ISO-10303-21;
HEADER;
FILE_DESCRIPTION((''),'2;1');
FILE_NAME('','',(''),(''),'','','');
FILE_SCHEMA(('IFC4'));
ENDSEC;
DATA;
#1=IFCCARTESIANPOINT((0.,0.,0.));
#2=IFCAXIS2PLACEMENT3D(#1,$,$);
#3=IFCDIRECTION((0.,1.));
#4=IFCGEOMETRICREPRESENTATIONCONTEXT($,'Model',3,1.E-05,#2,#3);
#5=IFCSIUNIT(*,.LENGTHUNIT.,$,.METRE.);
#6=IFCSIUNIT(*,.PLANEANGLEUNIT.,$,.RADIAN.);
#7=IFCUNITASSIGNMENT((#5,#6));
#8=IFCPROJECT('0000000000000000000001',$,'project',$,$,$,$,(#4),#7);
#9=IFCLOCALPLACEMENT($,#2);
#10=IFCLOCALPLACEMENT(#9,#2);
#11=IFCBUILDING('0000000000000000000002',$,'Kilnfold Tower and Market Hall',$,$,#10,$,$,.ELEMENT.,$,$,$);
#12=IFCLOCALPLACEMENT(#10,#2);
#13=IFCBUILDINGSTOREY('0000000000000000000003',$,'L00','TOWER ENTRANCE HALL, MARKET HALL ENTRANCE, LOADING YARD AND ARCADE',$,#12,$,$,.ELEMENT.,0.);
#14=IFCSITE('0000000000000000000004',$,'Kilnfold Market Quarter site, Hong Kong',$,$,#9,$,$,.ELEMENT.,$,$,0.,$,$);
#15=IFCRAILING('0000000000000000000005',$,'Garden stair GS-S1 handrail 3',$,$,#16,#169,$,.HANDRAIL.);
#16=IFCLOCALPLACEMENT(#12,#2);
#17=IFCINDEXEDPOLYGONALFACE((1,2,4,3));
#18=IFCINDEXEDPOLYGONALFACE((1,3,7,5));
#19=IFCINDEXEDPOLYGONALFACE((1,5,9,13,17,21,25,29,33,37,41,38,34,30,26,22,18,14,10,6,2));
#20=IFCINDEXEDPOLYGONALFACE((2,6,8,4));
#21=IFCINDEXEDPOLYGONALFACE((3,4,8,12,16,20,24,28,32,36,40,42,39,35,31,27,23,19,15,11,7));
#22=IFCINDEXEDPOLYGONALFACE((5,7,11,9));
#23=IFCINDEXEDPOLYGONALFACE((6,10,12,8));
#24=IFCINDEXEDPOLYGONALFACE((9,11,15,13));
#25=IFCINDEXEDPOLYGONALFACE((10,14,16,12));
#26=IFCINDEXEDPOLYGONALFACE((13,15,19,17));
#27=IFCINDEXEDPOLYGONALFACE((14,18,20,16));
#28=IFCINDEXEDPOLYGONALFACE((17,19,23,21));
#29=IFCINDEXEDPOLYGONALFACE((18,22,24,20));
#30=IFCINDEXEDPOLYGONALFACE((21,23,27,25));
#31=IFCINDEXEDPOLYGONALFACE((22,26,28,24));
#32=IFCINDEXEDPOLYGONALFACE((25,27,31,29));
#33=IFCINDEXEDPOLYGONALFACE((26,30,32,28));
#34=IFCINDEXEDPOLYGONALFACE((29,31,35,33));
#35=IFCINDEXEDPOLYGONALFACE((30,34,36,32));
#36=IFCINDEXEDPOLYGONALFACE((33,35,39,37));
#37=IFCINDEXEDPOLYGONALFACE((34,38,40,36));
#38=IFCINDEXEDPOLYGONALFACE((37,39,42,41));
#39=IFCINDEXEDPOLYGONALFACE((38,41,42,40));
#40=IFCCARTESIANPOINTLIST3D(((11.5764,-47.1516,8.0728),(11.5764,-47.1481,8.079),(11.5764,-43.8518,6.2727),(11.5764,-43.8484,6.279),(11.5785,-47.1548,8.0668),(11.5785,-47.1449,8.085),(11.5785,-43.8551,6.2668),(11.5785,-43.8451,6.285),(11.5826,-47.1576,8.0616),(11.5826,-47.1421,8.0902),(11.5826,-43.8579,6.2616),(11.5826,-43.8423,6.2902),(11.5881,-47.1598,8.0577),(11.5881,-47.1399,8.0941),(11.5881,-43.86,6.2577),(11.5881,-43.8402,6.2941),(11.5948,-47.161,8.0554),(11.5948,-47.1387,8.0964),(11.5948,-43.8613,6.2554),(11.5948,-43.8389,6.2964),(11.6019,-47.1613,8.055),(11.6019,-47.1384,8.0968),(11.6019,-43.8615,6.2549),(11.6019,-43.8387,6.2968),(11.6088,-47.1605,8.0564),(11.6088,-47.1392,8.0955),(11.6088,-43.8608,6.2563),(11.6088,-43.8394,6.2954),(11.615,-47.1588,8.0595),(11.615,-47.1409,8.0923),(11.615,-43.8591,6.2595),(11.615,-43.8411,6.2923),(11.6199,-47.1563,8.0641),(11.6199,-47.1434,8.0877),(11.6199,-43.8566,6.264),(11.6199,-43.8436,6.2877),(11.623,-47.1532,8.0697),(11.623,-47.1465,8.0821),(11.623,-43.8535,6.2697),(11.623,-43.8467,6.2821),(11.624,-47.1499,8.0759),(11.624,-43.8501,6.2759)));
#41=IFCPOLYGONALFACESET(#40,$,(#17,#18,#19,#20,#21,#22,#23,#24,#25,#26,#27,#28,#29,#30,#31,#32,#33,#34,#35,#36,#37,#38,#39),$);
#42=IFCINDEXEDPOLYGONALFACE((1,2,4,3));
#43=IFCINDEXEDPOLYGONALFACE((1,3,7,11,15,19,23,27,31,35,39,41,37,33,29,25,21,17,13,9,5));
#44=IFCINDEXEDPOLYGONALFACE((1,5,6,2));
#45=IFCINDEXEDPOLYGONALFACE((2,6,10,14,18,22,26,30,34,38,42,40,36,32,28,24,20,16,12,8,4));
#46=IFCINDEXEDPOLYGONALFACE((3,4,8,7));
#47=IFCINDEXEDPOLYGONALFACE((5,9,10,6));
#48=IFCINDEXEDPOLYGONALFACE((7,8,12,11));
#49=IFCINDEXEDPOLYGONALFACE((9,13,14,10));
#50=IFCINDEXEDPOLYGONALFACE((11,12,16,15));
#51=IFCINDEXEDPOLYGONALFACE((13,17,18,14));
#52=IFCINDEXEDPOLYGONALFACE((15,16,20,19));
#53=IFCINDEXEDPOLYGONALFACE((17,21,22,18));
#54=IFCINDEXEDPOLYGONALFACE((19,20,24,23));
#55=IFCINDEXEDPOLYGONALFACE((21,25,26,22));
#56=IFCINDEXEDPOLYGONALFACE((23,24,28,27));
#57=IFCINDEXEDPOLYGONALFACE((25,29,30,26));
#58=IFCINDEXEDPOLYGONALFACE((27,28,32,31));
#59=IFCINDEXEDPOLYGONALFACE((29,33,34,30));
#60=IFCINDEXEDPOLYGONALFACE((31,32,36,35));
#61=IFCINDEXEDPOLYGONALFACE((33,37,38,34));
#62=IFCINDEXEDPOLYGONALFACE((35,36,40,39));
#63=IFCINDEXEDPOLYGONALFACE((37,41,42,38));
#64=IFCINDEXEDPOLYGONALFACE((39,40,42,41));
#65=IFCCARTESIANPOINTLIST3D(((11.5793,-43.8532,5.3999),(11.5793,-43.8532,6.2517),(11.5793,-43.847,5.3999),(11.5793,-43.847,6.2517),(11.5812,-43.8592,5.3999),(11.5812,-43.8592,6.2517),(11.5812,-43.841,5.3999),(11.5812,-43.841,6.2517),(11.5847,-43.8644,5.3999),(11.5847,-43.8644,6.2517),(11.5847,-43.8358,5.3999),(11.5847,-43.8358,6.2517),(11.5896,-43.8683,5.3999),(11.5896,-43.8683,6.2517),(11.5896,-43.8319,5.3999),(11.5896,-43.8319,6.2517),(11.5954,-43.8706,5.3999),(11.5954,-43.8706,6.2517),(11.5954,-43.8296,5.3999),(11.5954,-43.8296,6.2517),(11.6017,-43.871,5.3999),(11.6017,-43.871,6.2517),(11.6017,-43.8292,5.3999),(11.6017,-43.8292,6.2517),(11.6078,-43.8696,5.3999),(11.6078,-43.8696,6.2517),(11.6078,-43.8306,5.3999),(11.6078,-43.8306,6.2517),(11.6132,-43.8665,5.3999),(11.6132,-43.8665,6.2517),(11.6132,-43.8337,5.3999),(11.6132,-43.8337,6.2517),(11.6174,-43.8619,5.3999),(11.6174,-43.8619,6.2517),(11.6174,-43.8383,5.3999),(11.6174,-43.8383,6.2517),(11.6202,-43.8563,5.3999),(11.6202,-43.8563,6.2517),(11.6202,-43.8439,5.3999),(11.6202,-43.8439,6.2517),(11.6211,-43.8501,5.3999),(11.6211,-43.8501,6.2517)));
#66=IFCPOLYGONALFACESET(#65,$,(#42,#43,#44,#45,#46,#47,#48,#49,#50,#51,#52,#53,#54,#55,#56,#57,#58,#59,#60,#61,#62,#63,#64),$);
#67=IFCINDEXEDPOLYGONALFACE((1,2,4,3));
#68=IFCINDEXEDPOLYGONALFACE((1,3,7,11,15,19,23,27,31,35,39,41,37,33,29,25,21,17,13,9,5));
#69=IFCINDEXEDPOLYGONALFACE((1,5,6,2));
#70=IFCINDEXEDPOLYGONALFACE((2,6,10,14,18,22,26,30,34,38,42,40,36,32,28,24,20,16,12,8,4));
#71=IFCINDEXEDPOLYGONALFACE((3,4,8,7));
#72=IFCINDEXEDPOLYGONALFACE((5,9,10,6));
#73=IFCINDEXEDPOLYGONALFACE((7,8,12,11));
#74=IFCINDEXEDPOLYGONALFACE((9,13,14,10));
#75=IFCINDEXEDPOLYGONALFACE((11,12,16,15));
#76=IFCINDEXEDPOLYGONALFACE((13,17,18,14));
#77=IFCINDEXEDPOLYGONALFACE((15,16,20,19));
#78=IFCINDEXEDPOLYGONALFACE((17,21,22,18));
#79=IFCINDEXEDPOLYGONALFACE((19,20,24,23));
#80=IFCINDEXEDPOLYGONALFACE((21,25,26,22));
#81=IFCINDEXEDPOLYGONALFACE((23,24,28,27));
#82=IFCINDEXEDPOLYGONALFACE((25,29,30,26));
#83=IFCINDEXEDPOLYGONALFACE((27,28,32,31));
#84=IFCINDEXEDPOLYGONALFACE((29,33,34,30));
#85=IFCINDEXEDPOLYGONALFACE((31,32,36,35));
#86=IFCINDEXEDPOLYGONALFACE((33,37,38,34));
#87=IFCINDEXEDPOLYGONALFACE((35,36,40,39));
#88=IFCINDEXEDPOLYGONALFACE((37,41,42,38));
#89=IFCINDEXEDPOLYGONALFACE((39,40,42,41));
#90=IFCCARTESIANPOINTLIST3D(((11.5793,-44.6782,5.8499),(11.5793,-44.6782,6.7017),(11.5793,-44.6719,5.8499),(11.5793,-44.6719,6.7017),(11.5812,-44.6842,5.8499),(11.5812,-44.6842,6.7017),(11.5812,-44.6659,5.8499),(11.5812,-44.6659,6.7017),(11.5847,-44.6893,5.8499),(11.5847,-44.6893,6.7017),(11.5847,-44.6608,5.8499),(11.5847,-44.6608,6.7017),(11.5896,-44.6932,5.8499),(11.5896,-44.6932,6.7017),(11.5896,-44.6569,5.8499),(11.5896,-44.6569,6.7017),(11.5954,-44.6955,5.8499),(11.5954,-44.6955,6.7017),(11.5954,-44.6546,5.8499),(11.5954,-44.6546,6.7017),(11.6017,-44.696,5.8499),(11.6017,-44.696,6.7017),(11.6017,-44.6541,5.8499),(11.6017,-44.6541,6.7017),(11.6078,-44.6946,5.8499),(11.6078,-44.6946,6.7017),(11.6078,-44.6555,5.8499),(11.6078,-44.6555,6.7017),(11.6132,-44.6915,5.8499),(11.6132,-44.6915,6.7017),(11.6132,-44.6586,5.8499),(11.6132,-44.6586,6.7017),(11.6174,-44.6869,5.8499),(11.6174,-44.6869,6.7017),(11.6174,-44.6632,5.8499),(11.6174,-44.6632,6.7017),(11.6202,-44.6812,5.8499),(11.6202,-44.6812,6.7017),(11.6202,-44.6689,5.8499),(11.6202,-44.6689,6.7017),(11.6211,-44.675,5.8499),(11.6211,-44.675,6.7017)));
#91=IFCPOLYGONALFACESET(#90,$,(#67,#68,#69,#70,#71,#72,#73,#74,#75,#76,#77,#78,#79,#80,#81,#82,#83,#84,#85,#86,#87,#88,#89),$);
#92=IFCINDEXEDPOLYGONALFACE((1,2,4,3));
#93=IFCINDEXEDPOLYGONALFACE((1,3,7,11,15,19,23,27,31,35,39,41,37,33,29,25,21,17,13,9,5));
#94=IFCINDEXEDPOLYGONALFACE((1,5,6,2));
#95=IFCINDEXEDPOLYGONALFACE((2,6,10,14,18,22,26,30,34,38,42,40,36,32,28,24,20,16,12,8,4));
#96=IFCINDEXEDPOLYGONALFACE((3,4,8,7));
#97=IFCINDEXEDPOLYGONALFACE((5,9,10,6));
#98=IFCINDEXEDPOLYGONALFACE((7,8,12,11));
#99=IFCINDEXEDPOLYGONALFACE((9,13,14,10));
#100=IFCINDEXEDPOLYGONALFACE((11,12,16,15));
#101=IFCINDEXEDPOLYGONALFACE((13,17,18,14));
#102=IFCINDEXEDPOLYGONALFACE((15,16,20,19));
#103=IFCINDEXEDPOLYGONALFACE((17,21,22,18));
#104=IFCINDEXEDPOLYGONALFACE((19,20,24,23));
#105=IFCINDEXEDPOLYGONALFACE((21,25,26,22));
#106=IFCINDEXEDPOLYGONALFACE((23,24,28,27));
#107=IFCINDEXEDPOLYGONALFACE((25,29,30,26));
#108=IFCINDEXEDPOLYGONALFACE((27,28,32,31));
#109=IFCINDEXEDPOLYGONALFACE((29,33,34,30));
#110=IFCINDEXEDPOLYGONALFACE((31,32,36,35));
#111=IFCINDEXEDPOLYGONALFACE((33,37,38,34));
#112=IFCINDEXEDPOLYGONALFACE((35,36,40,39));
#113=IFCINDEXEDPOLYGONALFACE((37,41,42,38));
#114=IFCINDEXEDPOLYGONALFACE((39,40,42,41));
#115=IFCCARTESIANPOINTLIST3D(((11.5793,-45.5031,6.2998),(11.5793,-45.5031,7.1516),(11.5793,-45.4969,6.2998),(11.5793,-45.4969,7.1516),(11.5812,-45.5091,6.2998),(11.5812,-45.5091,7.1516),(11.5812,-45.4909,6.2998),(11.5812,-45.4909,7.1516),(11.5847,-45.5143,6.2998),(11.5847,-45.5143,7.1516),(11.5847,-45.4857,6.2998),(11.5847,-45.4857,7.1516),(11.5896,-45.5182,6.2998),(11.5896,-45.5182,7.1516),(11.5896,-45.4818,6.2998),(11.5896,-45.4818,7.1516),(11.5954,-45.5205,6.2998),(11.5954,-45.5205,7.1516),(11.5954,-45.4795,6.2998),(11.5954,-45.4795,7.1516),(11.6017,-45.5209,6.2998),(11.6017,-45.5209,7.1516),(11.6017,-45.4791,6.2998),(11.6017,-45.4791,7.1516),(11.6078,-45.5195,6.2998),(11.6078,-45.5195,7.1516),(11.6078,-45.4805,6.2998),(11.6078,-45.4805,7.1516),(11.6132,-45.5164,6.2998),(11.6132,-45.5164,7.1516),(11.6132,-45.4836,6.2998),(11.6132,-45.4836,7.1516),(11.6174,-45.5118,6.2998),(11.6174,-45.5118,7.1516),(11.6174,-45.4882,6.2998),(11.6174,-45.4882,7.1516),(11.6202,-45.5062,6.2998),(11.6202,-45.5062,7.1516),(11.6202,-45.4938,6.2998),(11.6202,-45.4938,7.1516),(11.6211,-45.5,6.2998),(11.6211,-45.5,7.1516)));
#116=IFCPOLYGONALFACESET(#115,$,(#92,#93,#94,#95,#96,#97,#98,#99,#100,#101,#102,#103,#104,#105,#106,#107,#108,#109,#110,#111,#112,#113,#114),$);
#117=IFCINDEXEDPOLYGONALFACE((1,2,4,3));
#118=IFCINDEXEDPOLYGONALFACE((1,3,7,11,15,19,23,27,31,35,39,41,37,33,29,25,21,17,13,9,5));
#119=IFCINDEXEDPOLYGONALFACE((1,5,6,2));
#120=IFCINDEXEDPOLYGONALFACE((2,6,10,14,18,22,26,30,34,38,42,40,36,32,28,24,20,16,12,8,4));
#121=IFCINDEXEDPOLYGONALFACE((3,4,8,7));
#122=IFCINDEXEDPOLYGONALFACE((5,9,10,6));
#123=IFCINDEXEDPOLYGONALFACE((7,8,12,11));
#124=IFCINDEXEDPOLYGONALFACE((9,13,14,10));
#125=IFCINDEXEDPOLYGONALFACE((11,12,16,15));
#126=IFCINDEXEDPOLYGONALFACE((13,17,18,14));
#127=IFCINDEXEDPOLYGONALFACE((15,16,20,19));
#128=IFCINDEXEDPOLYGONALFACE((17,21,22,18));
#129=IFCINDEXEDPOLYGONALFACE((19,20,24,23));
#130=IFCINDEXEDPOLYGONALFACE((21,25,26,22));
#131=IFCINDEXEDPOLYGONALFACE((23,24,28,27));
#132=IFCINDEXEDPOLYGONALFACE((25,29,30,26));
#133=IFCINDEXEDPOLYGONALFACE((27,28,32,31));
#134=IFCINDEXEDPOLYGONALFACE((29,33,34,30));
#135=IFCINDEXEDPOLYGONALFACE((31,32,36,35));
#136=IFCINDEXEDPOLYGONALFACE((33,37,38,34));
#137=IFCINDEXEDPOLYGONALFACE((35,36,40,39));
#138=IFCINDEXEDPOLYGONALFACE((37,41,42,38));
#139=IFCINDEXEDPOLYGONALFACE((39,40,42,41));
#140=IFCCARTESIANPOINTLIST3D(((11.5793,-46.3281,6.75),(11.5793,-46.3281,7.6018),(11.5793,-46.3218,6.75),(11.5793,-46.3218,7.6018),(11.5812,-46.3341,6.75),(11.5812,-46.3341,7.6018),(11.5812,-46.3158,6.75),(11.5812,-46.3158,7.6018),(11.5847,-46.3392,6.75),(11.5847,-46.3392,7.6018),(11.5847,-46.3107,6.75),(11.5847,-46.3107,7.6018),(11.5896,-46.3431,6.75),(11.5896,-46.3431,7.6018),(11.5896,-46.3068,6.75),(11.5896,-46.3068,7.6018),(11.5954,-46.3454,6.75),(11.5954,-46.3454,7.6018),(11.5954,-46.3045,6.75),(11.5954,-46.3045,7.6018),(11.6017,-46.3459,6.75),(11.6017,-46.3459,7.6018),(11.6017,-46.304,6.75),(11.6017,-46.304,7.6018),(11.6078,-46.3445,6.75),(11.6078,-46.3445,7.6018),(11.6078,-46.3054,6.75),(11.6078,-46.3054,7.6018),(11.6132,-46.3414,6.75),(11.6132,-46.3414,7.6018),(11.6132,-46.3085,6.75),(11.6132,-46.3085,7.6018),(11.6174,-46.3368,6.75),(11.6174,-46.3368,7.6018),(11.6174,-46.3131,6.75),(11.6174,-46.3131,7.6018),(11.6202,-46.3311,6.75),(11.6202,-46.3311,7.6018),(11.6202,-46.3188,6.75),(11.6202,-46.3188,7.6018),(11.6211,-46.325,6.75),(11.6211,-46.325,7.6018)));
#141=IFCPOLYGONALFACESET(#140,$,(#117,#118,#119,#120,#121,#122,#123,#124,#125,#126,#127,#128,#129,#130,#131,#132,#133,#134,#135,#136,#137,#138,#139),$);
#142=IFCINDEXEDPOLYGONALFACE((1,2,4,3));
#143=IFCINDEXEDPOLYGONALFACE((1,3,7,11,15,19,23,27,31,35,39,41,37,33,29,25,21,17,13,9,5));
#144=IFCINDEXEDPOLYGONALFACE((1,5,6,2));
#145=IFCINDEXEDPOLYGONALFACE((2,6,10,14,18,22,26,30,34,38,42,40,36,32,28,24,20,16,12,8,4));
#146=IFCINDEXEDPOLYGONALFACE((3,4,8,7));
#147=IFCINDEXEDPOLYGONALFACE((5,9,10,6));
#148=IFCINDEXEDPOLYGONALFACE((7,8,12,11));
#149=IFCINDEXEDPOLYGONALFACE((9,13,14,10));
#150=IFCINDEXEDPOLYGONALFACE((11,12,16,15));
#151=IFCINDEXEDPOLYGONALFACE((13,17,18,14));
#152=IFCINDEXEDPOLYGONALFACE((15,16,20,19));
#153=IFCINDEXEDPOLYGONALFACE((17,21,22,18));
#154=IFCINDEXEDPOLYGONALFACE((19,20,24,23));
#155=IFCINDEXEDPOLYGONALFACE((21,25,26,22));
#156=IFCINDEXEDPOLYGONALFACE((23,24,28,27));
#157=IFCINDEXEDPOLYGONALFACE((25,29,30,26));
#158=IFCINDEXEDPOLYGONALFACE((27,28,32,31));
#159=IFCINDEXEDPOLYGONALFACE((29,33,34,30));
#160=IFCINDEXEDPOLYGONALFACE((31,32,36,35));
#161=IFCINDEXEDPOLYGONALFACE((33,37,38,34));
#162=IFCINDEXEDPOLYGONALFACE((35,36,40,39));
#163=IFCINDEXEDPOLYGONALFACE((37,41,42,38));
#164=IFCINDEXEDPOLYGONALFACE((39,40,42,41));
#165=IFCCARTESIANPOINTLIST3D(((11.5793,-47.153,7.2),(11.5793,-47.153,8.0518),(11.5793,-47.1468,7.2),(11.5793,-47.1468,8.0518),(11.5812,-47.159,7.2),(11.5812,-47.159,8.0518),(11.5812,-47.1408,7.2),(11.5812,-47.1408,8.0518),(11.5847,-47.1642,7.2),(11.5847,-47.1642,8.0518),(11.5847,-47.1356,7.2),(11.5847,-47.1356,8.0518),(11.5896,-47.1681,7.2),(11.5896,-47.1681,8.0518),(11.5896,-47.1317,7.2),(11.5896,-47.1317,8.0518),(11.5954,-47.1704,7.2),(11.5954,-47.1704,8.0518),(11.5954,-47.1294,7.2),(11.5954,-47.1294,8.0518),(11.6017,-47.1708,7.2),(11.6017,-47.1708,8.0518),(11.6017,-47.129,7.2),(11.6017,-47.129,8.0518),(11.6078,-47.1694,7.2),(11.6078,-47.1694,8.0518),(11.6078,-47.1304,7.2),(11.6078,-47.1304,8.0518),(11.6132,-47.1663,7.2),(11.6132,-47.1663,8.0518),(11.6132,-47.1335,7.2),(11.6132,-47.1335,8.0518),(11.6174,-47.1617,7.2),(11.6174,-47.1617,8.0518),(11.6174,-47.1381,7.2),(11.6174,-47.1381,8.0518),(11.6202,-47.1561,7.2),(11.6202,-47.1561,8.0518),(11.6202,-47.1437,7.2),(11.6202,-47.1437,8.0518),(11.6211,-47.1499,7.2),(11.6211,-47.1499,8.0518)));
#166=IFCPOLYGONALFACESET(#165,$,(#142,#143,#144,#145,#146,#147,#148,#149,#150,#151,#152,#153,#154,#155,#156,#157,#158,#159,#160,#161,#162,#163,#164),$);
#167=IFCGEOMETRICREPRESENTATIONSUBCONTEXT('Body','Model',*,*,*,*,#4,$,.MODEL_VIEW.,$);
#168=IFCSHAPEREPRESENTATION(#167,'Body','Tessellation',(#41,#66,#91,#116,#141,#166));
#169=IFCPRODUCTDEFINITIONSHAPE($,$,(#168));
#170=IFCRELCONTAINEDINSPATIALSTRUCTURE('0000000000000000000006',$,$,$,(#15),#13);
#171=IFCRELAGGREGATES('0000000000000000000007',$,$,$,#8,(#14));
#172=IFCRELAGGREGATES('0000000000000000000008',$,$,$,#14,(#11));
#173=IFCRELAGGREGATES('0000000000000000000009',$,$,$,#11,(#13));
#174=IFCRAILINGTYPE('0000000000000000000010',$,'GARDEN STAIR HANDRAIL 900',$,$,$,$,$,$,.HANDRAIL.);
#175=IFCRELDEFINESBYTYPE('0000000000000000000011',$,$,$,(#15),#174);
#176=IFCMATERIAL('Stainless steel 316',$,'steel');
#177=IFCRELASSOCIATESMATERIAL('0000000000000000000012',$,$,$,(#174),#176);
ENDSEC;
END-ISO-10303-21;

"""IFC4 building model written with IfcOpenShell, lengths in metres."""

from ifc_helpers import new_model, si_unit, direction, frame, origin, origin_2d, place, context, subcontext, project, spatial, circle, extrude, material, type_object, element, save


model = new_model("IFC4")

# Units and contexts
model_context = context("Model", 3, precision=1e-05, world=origin(), true_north=direction((0.0, 1.0)))
body_context = subcontext(model_context, "Body", "Model", "MODEL_VIEW")
ifc_project = project(units=[si_unit("LENGTHUNIT", "METRE"), si_unit("PLANEANGLEUNIT", "RADIAN")], contexts=[model_context])

# Site, building, storey
site_placement = place(None, origin())
site = spatial("IfcSite", under=ifc_project, at=site_placement, Name="Kilnfold Market Quarter site, Hong Kong", CompositionType="ELEMENT", RefElevation=0.0)
building_placement = place(site_placement, origin())
building = spatial("IfcBuilding", under=site, at=building_placement, Name="Kilnfold Tower and Market Hall", CompositionType="ELEMENT")
storey_placement = place(building_placement, origin())
storey = spatial("IfcBuildingStorey", under=building, at=storey_placement, Name="L00", Description="TOWER ENTRANCE HALL, MARKET HALL ENTRANCE, LOADING YARD AND ARCADE", CompositionType="ELEMENT", Elevation=0.0)

# Railing
ifc_material_1 = material(Name="Stainless steel 316", Category="steel")
railing_type_1 = type_object("IfcRailingType", Name="GARDEN STAIR HANDRAIL 900", PredefinedType="HANDRAIL", material=ifc_material_1)
railing_1_placement = place(storey_placement, frame((11.6001, -43.8501, 5.3999)))
element("IfcRailing", 1, at=railing_1_placement, inside=storey, type_object=railing_type_1, Name="Garden stair GS-S1 handrail 3", PredefinedType="HANDRAIL", context=body_context, shape_type="SweptSolid", body=[
    extrude(circle(Radius=0.0239, at=origin_2d()), frame((0.0, 0.0, 0.876), z_axis=(0.0, -0.877878, 0.478884), x_axis=(1.0, 0.0, 0.0)), (0.0, 0.0, 1.0), 3.7588),
    extrude(circle(Radius=0.021, at=origin_2d()), origin(), (0.0, 0.0, 1.0), 0.8518),
    extrude(circle(Radius=0.021, at=origin_2d()), frame((0.0, -0.825, 0.45)), (0.0, 0.0, 1.0), 0.8518),
    extrude(circle(Radius=0.021, at=origin_2d()), frame((0.0, -1.6499, 0.8999)), (0.0, 0.0, 1.0), 0.8518),
    extrude(circle(Radius=0.021, at=origin_2d()), frame((0.0, -2.4749, 1.3501)), (0.0, 0.0, 1.0), 0.8518),
    extrude(circle(Radius=0.021, at=origin_2d()), frame((0.0, -3.2998, 1.8)), (0.0, 0.0, 1.0), 0.8518),
])

save(model, "model.ifc")
